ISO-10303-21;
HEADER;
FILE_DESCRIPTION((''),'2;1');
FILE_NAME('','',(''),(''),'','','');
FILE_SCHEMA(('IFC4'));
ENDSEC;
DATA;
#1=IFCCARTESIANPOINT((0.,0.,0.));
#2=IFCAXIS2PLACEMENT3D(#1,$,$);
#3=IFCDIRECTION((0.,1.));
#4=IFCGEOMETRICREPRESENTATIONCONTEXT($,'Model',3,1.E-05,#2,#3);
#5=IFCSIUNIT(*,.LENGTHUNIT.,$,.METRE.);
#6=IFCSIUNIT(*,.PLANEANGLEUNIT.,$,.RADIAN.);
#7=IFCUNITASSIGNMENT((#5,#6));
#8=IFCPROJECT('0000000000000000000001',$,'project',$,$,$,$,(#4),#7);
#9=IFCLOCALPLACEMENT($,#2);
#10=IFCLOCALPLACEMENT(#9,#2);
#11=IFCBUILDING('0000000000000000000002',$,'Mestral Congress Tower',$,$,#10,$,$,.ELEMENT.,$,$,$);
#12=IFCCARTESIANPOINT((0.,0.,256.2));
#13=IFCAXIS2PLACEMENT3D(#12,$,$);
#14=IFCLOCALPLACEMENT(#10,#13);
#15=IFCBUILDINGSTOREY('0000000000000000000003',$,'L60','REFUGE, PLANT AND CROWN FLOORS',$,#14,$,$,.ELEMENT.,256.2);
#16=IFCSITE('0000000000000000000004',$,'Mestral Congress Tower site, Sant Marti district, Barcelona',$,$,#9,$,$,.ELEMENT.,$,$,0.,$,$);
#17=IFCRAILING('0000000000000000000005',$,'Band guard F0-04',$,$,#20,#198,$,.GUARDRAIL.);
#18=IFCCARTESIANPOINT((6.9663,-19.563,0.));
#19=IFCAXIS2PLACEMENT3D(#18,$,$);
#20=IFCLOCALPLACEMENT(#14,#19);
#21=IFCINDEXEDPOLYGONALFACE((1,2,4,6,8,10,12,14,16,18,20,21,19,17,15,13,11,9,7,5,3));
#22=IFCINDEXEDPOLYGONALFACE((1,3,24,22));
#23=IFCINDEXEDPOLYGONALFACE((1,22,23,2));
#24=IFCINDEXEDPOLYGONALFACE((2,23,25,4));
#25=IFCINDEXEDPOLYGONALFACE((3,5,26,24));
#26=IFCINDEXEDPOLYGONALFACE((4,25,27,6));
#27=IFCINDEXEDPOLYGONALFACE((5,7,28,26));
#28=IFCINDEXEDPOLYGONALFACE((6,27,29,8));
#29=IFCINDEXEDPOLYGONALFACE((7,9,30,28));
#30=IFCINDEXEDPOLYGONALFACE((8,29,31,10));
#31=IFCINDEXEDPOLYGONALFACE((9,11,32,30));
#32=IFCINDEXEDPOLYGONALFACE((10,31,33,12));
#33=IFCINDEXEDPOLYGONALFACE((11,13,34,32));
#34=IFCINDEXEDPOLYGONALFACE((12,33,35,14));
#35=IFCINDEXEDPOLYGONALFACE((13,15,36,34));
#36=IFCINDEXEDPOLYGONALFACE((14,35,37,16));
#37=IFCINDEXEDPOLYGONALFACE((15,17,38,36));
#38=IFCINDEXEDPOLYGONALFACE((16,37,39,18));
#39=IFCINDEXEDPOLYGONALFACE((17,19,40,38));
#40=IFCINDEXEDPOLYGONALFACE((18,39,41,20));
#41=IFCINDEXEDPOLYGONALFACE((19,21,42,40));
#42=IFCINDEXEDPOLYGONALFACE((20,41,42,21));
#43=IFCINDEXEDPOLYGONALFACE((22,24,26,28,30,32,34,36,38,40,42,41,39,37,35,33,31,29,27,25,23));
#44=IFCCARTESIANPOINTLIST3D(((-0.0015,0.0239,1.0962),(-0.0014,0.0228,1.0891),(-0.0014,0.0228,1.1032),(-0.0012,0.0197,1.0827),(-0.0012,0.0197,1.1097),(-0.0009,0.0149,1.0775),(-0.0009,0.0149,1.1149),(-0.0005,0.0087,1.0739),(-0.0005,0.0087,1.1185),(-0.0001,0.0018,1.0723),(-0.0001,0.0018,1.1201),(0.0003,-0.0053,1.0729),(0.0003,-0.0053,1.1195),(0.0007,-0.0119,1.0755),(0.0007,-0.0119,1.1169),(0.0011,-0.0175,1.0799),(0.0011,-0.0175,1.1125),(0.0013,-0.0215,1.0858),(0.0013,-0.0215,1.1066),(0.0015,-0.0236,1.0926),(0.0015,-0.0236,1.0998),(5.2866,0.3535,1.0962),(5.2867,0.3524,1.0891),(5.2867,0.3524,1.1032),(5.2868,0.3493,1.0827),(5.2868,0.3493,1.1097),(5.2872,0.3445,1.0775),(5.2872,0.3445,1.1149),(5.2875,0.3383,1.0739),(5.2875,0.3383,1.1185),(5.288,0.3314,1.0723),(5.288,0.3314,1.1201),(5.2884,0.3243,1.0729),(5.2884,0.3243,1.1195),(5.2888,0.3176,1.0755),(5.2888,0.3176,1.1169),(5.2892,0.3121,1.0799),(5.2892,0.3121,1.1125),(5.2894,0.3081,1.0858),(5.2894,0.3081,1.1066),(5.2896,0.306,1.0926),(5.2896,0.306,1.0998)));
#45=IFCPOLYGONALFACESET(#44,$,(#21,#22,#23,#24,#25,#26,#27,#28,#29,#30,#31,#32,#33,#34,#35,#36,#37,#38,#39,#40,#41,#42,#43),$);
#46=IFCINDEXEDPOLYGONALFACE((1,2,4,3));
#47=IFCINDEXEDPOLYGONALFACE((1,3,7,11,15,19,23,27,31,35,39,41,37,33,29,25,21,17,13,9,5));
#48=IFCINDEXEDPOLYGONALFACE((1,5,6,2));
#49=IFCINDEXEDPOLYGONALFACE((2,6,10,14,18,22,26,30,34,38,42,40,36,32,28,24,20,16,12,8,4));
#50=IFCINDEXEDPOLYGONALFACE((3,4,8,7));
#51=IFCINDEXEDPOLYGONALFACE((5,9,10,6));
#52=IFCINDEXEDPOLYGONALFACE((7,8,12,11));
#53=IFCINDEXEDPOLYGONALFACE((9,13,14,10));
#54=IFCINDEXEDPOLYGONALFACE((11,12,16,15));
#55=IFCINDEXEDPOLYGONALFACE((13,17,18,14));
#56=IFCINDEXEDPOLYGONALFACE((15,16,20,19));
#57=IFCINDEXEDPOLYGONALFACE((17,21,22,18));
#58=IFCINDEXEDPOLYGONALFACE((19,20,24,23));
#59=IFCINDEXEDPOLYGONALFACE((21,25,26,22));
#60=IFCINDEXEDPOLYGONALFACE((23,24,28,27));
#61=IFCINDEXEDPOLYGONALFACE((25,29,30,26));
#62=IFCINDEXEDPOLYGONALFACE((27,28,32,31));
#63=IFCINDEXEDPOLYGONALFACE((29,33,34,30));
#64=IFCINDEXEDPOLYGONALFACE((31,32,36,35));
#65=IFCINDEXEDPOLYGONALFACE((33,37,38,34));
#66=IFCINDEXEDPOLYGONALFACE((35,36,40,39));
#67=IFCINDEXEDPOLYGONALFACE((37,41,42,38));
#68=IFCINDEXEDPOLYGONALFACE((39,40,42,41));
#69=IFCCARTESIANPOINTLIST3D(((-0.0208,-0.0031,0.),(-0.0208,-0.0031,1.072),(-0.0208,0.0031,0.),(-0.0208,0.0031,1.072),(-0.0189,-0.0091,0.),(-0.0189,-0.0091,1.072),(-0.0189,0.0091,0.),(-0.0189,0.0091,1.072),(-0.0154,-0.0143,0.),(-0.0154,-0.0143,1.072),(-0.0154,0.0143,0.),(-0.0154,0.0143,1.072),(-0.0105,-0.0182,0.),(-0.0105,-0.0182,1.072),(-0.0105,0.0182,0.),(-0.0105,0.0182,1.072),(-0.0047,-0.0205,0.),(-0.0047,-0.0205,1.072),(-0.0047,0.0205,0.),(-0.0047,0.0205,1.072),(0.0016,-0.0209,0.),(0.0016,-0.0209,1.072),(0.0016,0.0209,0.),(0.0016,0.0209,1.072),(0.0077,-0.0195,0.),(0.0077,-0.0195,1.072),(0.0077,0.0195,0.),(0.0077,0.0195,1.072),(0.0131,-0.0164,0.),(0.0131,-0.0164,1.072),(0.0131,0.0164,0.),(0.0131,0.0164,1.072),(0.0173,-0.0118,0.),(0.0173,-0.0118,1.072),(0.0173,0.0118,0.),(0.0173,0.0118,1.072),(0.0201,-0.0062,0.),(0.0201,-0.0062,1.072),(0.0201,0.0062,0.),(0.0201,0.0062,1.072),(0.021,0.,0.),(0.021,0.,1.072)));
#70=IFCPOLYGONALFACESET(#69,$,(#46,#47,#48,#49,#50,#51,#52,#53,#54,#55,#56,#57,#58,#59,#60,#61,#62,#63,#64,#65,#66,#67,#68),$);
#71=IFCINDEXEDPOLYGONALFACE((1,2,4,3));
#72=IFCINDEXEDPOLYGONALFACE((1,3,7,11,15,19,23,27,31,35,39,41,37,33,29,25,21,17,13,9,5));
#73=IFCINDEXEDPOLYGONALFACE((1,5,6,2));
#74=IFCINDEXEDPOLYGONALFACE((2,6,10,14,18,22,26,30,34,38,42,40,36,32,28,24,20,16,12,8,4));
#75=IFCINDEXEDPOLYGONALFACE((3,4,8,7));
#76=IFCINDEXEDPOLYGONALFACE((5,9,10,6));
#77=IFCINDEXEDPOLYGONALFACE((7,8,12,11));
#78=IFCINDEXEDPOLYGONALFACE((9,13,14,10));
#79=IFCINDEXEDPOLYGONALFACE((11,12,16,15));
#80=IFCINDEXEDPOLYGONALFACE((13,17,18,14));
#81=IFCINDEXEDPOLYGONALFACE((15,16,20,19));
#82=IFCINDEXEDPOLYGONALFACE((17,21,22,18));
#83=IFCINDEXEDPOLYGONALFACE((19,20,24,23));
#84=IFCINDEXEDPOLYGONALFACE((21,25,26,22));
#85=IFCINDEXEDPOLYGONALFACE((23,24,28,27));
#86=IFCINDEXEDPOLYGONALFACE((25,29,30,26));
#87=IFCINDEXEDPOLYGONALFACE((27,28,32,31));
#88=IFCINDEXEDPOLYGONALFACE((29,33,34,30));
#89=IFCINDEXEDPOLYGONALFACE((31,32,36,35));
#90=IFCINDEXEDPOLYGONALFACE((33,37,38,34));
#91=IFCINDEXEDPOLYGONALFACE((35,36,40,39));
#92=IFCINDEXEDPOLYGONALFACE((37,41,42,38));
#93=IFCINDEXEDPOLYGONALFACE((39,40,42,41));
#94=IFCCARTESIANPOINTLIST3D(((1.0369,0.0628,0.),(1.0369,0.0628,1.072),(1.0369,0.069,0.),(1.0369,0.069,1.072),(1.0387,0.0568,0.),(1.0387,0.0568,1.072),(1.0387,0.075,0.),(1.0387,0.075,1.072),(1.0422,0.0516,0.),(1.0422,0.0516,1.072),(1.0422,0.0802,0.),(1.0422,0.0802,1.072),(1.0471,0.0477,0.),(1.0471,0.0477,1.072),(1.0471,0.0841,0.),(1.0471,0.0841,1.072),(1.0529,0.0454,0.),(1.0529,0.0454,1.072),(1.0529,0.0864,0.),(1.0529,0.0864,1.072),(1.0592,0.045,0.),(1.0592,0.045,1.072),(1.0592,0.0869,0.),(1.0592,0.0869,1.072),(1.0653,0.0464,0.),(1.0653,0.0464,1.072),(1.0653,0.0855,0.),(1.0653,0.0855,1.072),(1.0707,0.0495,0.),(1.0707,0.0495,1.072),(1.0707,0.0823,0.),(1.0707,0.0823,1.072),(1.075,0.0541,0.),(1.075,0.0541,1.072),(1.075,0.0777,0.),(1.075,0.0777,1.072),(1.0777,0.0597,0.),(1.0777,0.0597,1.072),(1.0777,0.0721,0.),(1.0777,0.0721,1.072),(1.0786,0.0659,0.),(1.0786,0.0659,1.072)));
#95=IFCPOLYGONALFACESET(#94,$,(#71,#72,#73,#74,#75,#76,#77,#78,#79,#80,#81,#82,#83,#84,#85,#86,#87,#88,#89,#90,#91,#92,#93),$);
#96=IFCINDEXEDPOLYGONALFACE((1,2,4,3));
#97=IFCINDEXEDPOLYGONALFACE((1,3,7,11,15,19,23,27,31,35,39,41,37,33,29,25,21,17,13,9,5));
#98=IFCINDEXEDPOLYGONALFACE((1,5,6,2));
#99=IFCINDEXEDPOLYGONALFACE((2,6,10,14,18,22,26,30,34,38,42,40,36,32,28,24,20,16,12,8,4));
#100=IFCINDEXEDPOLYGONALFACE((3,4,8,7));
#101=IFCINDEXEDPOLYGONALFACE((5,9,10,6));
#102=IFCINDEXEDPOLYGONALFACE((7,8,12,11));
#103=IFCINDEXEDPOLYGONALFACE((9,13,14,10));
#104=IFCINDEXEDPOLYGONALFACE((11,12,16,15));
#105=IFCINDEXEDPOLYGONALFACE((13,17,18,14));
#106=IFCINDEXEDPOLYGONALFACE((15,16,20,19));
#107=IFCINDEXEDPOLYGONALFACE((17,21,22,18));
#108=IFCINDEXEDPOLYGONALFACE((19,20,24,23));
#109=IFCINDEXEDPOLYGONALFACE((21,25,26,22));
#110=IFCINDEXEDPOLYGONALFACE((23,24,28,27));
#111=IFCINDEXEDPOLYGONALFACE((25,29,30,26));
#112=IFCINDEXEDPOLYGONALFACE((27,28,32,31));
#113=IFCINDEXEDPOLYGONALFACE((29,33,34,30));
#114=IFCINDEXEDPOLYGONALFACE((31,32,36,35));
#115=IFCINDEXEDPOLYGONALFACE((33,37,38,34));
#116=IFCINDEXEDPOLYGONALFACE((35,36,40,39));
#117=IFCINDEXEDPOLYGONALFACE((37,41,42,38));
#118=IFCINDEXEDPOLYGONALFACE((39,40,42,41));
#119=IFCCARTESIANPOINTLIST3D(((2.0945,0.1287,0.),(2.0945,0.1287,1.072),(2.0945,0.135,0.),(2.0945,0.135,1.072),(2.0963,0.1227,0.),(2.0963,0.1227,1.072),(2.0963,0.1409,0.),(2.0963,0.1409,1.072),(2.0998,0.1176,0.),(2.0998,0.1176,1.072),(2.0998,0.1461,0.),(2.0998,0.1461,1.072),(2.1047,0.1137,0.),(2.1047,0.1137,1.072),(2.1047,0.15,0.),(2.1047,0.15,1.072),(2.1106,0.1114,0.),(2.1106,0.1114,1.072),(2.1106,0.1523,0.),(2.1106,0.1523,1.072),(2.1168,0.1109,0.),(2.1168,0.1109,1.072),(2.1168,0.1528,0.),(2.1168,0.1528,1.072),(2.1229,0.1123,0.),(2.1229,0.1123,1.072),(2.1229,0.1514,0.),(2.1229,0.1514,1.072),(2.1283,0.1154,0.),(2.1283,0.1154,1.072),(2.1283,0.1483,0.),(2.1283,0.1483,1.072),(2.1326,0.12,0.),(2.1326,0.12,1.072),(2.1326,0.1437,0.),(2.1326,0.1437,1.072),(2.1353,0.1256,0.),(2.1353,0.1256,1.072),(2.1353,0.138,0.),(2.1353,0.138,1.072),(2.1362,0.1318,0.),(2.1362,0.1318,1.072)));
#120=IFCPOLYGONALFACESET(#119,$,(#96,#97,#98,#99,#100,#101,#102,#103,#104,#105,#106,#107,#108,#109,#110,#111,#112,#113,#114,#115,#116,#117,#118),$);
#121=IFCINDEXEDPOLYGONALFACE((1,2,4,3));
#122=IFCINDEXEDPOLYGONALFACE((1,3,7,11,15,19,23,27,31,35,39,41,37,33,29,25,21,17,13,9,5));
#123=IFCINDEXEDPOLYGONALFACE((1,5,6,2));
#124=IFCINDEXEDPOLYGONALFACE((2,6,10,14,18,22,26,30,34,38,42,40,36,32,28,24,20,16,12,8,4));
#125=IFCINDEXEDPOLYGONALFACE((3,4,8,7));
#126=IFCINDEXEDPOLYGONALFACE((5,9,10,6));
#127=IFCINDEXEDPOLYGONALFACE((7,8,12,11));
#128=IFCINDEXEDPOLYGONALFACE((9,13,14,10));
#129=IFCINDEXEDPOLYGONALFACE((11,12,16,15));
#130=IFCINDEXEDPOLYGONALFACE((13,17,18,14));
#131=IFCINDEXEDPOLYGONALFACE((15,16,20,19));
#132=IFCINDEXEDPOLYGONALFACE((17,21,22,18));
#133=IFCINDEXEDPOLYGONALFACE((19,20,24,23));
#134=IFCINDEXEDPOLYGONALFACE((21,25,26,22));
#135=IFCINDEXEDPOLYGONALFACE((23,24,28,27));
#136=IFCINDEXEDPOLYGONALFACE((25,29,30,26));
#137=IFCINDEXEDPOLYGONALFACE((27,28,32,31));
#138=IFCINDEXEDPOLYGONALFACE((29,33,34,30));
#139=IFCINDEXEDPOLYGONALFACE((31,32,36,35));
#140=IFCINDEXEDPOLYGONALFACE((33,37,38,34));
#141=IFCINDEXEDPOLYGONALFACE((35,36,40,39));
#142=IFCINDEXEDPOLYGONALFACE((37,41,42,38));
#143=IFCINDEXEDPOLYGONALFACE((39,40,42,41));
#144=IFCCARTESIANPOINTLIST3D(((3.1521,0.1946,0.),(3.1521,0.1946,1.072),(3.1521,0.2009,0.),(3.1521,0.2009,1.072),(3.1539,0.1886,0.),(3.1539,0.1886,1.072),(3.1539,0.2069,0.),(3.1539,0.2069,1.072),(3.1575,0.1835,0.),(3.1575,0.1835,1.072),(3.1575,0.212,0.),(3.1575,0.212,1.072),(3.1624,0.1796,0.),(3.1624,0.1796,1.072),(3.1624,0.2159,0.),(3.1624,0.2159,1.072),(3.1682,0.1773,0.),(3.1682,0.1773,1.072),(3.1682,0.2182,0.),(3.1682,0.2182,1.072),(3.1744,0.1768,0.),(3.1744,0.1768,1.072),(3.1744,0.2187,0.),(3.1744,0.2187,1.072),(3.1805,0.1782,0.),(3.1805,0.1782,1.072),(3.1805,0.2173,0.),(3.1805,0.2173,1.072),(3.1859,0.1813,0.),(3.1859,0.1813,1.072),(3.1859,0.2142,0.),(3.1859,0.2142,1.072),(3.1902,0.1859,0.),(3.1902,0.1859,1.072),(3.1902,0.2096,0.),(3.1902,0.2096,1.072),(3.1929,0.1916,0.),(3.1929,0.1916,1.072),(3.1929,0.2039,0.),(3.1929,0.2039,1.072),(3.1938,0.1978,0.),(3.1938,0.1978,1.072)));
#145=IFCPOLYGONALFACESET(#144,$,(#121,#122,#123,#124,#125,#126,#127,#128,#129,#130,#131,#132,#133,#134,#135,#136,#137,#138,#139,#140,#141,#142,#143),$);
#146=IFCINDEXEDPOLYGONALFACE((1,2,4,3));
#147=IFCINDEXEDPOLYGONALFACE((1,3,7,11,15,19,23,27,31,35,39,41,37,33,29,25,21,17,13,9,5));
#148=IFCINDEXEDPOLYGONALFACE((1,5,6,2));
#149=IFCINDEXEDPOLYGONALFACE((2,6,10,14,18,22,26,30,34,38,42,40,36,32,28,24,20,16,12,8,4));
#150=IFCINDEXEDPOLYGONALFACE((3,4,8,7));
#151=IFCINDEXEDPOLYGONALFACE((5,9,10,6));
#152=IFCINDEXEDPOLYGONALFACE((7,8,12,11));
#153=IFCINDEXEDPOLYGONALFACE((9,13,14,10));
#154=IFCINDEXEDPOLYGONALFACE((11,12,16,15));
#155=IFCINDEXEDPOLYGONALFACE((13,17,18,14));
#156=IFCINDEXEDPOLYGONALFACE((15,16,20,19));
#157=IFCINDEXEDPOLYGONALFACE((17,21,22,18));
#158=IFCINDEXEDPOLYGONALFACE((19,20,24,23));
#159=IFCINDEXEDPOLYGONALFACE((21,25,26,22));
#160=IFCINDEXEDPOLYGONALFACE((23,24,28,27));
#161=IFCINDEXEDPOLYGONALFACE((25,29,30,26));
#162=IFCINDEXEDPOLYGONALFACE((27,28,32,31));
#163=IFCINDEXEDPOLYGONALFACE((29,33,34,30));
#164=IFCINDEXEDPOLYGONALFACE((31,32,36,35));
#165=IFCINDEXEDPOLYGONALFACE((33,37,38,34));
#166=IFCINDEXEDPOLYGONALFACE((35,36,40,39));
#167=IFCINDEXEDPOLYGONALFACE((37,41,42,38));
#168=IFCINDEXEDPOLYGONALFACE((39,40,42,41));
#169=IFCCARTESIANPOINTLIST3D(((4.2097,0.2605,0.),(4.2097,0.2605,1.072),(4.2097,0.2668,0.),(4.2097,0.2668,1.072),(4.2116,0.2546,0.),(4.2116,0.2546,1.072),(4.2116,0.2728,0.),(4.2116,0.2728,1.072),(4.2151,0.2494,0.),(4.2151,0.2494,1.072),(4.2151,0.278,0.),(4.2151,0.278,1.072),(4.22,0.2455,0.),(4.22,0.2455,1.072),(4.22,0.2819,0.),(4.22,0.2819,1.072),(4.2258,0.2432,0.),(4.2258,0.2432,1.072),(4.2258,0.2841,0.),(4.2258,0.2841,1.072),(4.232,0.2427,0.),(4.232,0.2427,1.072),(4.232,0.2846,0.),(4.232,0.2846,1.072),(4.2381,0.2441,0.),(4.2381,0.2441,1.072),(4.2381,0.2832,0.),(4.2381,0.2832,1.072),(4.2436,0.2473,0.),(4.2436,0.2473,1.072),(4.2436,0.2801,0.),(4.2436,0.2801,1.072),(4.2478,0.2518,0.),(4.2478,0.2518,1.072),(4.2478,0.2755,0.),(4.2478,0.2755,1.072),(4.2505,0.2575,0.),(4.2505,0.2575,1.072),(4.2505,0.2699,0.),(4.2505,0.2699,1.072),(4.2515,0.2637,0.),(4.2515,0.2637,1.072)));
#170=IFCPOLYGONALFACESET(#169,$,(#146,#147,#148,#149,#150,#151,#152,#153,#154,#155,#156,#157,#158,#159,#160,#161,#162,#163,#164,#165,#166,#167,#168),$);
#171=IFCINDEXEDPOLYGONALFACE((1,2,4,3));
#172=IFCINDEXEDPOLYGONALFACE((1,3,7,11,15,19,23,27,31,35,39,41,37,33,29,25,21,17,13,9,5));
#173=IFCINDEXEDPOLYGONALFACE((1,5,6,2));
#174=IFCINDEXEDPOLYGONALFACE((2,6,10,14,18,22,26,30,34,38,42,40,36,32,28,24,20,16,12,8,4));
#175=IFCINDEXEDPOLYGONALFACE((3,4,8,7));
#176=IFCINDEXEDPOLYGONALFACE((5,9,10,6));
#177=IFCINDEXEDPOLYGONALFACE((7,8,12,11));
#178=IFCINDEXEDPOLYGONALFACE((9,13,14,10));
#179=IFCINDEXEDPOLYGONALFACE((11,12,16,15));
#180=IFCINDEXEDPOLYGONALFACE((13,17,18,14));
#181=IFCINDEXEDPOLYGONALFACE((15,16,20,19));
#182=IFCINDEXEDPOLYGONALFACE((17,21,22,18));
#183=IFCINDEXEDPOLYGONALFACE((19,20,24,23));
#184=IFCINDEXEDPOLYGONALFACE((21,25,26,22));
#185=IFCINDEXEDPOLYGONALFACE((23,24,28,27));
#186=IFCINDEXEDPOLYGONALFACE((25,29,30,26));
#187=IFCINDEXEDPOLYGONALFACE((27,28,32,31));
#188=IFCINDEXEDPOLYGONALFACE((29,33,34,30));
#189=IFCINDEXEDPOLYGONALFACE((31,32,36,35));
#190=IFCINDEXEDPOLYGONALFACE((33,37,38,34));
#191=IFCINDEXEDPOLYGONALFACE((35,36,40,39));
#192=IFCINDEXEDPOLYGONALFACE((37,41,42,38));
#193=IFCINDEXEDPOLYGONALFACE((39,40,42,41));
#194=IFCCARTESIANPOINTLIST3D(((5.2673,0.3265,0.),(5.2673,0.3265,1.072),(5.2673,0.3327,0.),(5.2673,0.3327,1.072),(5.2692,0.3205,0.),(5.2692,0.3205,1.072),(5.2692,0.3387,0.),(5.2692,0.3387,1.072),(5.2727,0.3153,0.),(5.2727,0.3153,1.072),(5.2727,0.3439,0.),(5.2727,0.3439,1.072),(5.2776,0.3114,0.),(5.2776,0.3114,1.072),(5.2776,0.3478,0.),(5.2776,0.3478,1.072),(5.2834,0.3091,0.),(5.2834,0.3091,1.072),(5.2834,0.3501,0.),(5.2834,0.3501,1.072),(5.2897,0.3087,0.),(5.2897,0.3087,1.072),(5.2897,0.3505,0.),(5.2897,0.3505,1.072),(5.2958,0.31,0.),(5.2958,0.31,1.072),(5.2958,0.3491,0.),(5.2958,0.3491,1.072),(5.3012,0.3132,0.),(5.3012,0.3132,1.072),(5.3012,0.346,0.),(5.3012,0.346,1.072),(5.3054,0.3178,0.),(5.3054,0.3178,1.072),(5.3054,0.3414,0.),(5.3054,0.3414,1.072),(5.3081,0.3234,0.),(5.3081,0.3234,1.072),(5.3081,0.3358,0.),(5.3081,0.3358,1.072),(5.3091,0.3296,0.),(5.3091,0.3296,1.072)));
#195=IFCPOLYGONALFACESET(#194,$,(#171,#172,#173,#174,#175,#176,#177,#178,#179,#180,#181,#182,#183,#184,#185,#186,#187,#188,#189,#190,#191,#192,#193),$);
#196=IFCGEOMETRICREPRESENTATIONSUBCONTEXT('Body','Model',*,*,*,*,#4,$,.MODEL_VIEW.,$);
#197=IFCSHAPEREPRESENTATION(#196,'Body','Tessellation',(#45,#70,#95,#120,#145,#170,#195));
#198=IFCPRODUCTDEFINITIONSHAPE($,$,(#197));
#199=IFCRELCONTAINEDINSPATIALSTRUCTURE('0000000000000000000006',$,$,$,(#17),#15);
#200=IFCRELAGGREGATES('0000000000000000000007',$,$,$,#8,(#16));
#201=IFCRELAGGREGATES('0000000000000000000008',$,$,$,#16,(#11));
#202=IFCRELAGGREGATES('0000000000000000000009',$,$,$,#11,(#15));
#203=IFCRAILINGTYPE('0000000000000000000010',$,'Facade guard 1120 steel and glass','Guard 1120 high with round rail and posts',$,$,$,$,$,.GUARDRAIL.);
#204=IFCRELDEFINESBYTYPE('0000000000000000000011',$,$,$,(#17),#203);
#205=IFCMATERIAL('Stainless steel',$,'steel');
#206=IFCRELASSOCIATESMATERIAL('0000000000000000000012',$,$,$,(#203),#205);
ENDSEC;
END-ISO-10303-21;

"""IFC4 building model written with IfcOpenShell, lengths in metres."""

from ifc_helpers import new_model, si_unit, direction, frame, origin, origin_2d, place, context, subcontext, project, spatial, circle, extrude, material, type_object, element, save


model = new_model("IFC4")

# Units and contexts
model_context = context("Model", 3, precision=1e-05, world=origin(), true_north=direction((0.0, 1.0)))
body_context = subcontext(model_context, "Body", "Model", "MODEL_VIEW")
ifc_project = project(units=[si_unit("LENGTHUNIT", "METRE"), si_unit("PLANEANGLEUNIT", "RADIAN")], contexts=[model_context])

# Site, building, storey
site_placement = place(None, origin())
site = spatial("IfcSite", under=ifc_project, at=site_placement, Name="Mestral Congress Tower site, Sant Marti district, Barcelona", CompositionType="ELEMENT", RefElevation=0.0)
building_placement = place(site_placement, origin())
building = spatial("IfcBuilding", under=site, at=building_placement, Name="Mestral Congress Tower", CompositionType="ELEMENT")
storey_placement = place(building_placement, frame((0.0, 0.0, 256.2)))
storey = spatial("IfcBuildingStorey", under=building, at=storey_placement, Name="L60", Description="REFUGE, PLANT AND CROWN FLOORS", CompositionType="ELEMENT", Elevation=256.2)

# Railing
ifc_material_1 = material(Name="Stainless steel", Category="steel")
railing_type = type_object("IfcRailingType", Name="Facade guard 1120 steel and glass", Description="Guard 1120 high with round rail and posts", PredefinedType="GUARDRAIL", material=ifc_material_1)
railing_1_placement = place(storey_placement, frame((6.9663, -19.563, 0.0)))
element("IfcRailing", 1, at=railing_1_placement, inside=storey, type_object=railing_type, Name="Band guard F0-04", PredefinedType="GUARDRAIL", context=body_context, shape_type="SweptSolid", body=[
    extrude(circle(Radius=0.0239, at=origin_2d()), frame((0.0, 0.0, 1.0962), z_axis=(0.998063, 0.062206, 0.0), x_axis=(-0.062206, 0.998063, 0.0)), (0.0, 0.0, 1.0), 5.2983),
    extrude(circle(Radius=0.021, at=origin_2d()), origin(), (0.0, 0.0, 1.0), 1.072),
    extrude(circle(Radius=0.021, at=origin_2d()), frame((1.0576, 0.0659, 0.0)), (0.0, 0.0, 1.0), 1.072),
    extrude(circle(Radius=0.021, at=origin_2d()), frame((2.1152, 0.1318, 0.0)), (0.0, 0.0, 1.0), 1.072),
    extrude(circle(Radius=0.021, at=origin_2d()), frame((3.1729, 0.1978, 0.0)), (0.0, 0.0, 1.0), 1.072),
    extrude(circle(Radius=0.021, at=origin_2d()), frame((4.2305, 0.2637, 0.0)), (0.0, 0.0, 1.0), 1.072),
    extrude(circle(Radius=0.021, at=origin_2d()), frame((5.2881, 0.3296, 0.0)), (0.0, 0.0, 1.0), 1.072),
])

save(model, "model.ifc")
